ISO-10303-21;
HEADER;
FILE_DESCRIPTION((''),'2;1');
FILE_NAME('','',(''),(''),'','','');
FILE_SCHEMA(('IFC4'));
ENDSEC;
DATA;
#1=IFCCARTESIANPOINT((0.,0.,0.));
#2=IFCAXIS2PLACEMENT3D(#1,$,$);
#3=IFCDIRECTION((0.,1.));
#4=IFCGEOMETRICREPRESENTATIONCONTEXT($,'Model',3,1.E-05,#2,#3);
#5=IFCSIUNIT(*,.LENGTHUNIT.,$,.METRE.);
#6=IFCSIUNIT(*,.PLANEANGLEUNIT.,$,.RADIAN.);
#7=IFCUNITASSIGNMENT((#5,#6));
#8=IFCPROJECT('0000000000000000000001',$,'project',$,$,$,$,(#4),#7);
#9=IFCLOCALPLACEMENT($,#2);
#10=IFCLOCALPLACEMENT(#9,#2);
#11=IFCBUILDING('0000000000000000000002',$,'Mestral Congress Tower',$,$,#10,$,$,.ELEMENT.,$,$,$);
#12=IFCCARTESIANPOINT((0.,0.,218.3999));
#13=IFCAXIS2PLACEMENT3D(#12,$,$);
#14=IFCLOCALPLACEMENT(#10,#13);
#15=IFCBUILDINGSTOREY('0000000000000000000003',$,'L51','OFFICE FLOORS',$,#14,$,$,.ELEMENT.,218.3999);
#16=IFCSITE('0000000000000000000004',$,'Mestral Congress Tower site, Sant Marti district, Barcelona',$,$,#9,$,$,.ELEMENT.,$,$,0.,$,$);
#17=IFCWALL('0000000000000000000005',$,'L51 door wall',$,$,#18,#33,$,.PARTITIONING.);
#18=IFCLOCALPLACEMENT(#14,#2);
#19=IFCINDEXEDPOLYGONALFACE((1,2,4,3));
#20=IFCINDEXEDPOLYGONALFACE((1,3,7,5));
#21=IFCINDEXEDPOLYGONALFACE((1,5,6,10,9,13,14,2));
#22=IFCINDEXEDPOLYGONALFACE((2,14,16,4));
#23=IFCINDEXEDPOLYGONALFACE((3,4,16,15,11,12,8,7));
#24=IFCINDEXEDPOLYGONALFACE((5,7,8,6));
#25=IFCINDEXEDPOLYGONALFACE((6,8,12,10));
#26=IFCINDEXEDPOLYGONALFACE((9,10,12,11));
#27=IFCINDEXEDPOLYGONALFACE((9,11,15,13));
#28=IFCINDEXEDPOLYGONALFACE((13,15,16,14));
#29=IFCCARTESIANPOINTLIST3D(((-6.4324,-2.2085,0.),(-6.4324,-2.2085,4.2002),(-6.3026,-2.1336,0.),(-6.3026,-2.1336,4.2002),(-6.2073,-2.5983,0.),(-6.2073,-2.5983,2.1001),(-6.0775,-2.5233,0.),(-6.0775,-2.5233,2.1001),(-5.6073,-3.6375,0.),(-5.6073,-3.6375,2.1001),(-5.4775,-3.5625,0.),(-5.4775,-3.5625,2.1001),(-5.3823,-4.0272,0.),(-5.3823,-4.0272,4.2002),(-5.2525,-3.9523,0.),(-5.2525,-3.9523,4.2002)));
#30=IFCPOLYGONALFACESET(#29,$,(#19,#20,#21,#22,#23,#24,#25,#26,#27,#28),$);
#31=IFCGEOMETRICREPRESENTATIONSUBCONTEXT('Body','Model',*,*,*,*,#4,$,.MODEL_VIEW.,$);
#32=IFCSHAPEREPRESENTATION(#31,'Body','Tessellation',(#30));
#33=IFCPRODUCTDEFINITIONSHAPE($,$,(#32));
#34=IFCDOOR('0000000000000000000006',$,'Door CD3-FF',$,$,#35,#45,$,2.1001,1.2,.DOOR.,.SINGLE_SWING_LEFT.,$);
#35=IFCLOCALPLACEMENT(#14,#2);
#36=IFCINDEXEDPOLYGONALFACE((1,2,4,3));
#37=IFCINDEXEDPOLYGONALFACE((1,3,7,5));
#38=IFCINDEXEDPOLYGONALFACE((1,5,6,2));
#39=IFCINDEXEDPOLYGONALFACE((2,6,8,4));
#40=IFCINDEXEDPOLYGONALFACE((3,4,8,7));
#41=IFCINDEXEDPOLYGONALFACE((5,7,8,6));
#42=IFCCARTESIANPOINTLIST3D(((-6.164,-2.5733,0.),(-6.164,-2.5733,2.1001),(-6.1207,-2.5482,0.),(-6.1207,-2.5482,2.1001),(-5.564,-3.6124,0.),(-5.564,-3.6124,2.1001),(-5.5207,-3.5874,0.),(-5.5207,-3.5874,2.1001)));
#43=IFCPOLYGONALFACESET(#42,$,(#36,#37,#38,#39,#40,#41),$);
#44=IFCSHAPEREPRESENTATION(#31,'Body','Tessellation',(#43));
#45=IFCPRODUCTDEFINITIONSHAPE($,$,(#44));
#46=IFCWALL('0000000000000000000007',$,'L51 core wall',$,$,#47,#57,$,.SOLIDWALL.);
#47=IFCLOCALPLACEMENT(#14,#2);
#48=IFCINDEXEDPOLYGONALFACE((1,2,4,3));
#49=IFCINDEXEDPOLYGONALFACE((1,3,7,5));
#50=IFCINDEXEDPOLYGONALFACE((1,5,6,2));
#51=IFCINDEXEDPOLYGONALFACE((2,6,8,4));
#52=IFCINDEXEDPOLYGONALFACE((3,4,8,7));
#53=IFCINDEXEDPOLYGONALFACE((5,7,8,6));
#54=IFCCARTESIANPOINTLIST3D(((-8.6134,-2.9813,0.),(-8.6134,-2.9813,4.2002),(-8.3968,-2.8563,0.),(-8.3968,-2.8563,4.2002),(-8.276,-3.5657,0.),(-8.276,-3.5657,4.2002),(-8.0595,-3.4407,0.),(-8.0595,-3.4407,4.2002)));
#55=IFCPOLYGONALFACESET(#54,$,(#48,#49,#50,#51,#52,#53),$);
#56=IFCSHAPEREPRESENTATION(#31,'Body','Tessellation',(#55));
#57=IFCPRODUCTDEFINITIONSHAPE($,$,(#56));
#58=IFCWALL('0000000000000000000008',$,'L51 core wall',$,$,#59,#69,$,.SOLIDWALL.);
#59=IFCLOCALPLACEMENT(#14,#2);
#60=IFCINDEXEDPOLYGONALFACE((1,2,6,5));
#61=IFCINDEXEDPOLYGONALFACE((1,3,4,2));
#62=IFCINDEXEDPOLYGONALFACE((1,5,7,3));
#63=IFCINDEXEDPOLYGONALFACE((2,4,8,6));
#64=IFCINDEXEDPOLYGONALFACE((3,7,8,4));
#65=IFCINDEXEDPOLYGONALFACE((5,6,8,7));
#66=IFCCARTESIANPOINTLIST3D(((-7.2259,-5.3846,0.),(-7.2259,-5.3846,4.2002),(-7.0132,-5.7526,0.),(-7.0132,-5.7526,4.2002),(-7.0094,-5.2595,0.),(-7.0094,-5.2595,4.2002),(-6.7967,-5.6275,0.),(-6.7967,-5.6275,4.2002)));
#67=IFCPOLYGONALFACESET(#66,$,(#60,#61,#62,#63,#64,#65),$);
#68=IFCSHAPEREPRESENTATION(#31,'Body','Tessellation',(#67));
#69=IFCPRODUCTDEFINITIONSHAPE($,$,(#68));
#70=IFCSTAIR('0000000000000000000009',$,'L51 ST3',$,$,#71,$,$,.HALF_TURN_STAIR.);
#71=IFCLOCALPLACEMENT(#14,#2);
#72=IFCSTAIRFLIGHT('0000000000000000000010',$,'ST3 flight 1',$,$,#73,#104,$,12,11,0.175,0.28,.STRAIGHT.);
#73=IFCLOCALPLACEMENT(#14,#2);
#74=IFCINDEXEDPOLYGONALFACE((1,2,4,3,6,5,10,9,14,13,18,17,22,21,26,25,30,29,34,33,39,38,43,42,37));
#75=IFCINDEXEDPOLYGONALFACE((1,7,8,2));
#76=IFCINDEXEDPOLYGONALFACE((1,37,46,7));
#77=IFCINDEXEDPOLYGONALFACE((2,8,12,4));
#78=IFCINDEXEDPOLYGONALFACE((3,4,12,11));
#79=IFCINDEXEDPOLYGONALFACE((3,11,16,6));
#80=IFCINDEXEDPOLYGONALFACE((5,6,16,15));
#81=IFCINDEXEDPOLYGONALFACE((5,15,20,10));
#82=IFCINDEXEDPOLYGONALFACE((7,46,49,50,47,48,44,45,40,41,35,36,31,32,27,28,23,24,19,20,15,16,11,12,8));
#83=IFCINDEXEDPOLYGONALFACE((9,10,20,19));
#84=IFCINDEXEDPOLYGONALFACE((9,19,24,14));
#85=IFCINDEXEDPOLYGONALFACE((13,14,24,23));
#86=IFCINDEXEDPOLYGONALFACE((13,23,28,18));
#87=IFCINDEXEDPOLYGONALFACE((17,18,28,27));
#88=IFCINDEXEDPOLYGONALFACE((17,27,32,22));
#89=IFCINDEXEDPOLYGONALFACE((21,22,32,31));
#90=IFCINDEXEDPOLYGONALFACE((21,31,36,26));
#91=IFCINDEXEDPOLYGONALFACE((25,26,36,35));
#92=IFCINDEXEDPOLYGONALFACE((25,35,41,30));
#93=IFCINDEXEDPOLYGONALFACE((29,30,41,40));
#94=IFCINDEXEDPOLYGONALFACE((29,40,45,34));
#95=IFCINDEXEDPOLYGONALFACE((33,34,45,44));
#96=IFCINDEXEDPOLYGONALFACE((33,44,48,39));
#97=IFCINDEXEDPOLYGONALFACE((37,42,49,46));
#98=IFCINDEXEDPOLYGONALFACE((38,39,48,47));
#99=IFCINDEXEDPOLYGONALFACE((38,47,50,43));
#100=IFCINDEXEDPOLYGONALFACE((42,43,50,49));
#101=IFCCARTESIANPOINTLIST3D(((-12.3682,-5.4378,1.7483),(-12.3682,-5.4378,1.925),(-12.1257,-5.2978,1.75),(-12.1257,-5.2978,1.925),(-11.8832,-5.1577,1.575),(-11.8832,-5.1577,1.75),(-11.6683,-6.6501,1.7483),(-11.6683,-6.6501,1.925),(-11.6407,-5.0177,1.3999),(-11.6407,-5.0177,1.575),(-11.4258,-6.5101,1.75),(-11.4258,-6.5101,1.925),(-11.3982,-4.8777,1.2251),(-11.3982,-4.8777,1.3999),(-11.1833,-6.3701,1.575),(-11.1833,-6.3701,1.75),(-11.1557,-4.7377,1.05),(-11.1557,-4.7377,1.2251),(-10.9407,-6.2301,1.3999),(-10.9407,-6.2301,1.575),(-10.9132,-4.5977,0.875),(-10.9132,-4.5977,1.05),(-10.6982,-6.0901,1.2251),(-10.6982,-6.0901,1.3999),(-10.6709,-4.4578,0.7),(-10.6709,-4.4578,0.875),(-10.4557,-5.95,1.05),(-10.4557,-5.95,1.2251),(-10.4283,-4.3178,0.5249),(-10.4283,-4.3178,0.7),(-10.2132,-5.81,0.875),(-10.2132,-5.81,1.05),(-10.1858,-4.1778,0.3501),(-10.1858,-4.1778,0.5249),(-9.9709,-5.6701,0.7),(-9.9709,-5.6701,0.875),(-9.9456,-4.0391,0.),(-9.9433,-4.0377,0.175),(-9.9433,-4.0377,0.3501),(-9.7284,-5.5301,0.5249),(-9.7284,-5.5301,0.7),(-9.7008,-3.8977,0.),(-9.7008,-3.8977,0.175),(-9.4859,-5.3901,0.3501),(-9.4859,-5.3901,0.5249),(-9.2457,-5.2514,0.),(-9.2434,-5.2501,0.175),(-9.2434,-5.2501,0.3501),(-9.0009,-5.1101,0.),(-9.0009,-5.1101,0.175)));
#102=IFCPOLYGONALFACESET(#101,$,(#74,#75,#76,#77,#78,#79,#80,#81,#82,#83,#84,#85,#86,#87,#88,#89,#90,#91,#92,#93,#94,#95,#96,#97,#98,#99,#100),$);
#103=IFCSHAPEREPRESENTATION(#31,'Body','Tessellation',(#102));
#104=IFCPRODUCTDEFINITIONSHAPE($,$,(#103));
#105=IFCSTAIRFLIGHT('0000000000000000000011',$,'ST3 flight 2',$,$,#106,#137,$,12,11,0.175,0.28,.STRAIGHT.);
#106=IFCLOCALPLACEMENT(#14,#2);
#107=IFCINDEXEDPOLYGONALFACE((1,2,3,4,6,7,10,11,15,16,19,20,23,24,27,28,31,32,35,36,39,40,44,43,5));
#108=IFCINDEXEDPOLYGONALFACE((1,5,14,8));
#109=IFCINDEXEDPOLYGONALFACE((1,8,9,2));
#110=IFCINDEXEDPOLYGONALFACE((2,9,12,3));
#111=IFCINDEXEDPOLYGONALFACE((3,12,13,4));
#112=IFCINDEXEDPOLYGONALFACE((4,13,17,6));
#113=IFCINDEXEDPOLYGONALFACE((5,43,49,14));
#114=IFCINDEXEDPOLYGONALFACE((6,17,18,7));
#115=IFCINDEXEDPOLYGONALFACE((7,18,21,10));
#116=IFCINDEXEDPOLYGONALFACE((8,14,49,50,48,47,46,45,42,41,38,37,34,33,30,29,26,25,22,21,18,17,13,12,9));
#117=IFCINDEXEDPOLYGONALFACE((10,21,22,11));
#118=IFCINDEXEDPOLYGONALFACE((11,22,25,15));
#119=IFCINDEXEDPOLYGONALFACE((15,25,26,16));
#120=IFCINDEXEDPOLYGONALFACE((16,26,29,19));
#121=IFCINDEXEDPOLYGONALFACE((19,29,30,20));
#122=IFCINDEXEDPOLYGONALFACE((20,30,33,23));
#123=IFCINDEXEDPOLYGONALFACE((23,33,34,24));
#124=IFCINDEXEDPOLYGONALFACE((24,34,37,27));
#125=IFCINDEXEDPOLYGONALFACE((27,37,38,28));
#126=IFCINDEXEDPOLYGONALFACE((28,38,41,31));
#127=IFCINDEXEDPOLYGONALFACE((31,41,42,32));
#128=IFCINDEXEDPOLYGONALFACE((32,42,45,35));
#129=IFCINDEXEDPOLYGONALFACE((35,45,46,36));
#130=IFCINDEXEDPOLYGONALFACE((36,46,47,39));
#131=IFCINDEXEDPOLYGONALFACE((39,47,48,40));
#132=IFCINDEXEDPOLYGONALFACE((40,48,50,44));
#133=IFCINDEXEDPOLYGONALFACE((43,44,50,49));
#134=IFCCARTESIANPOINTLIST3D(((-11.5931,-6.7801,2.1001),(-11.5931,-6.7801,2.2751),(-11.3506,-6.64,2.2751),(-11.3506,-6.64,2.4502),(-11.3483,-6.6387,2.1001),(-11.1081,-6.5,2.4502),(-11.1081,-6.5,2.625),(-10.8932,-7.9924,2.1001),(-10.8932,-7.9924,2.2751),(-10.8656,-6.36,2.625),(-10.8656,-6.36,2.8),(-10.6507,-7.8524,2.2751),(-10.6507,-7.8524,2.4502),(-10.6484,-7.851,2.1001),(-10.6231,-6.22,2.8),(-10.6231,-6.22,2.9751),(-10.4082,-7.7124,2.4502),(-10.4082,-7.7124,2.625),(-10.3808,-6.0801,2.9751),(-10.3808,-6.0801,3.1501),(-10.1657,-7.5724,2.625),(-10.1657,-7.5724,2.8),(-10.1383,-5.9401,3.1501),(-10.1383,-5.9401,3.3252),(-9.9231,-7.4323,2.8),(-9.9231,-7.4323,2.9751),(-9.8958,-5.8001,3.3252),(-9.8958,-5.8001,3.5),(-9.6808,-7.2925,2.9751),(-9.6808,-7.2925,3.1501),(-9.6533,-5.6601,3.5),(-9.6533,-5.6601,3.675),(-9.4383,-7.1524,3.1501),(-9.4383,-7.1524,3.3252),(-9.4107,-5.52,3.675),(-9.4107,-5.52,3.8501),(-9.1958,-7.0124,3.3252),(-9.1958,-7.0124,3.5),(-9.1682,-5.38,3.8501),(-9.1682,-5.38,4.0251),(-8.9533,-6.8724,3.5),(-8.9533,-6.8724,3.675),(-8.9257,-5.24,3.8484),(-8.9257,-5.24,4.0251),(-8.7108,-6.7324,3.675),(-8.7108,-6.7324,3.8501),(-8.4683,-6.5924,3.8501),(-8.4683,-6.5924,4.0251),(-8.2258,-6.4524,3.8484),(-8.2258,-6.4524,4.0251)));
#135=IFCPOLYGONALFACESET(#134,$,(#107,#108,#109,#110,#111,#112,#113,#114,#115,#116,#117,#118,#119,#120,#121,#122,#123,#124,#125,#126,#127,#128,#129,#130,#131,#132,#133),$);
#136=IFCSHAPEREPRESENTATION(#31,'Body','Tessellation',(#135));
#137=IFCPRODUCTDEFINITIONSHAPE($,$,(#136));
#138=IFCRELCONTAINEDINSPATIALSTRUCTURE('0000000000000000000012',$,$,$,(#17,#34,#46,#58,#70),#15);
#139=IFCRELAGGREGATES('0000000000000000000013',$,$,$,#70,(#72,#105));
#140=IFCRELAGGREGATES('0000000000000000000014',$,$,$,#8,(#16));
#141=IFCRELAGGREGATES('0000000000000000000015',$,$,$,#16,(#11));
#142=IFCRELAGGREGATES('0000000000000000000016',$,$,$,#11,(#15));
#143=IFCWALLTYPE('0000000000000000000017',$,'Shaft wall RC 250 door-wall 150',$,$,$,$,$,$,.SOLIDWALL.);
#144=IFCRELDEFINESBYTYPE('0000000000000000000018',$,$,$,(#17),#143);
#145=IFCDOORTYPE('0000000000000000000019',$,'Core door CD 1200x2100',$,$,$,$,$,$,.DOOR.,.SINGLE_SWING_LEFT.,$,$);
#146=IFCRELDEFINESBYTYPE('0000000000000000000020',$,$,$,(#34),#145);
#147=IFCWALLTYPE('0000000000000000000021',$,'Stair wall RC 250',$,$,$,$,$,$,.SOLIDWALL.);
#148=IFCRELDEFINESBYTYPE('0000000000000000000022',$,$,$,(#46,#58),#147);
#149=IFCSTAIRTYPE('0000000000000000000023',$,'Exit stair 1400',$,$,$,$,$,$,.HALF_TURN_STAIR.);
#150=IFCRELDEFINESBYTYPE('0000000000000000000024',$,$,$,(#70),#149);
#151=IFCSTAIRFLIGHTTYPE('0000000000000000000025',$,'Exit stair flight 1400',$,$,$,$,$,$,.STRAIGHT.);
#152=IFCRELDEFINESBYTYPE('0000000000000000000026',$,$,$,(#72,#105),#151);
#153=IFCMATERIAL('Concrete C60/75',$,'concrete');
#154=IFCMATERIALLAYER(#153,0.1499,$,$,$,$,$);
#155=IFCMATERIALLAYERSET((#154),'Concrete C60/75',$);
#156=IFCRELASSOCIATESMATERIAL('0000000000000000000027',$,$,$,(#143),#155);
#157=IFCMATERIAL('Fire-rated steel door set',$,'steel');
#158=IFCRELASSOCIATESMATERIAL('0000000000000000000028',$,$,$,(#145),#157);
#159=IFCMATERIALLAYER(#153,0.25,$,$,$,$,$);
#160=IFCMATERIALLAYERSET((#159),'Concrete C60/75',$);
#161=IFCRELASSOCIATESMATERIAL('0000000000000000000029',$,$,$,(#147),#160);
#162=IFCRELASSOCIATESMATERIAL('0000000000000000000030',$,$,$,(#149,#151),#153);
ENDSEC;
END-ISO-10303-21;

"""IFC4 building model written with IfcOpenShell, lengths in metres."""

from ifc_helpers import new_model, si_unit, direction, frame, frame_2d, origin, place, context, subcontext, project, spatial, polyline, rectangle, outline, extrude, material, layer, layer_set, type_object, element, fill, aggregate, save


model = new_model("IFC4")

# Units and contexts
model_context = context("Model", 3, precision=1e-05, world=origin(), true_north=direction((0.0, 1.0)))
body_context = subcontext(model_context, "Body", "Model", "MODEL_VIEW")
ifc_project = project(units=[si_unit("LENGTHUNIT", "METRE"), si_unit("PLANEANGLEUNIT", "RADIAN")], contexts=[model_context])

# Site, building, storey
site_placement = place(None, origin())
site = spatial("IfcSite", under=ifc_project, at=site_placement, Name="Mestral Congress Tower site, Sant Marti district, Barcelona", CompositionType="ELEMENT", RefElevation=0.0)
building_placement = place(site_placement, origin())
building = spatial("IfcBuilding", under=site, at=building_placement, Name="Mestral Congress Tower", CompositionType="ELEMENT")
storey_placement = place(building_placement, frame((0.0, 0.0, 218.3999)))
storey = spatial("IfcBuildingStorey", under=building, at=storey_placement, Name="L51", Description="OFFICE FLOORS", CompositionType="ELEMENT", Elevation=218.3999)

# Shared definitions
ifc_material_1 = material(Name="Concrete C60/75", Category="concrete")

# Shared definitions
ifc_material_2 = material(Name="Fire-rated steel door set", Category="steel")

# Shared definitions
ifc_layer_1 = layer(ifc_material_1, 0.1499)
ifc_layer_set_1 = layer_set([ifc_layer_1], Name="Concrete C60/75")
wall_type_1 = type_object("IfcWallType", Name="Shaft wall RC 250 door-wall 150", PredefinedType="SOLIDWALL", material=ifc_layer_set_1)

# Wall, opening, door
wall_1_placement = place(storey_placement, frame((-5.3174, -3.9897, 0.0), z_axis=(0.0, 0.0, 1.0), x_axis=(-0.500028, 0.866009, 0.0)))
wall_1 = element("IfcWall", 1, at=wall_1_placement, inside=storey, type_object=wall_type_1, Name="L51 door wall", PredefinedType="PARTITIONING", context=body_context, shape_type="SweptSolid", body=[
    extrude(rectangle(XDim=2.1001, YDim=0.1499, at=frame_2d((1.05, 0.0))), origin(), (0.0, 0.0, 1.0), 4.2002),
])
opening_1_placement = place(wall_1_placement, frame((0.45, 0.0, 0.0)))
opening_1 = element("IfcOpeningElement", 2, at=opening_1_placement, cuts=wall_1, PredefinedType="OPENING", context=body_context, shape_type="SweptSolid", body=[
    extrude(rectangle(XDim=1.2, YDim=2.1001, at=frame_2d((0.6001, 1.05))), frame((0.0, 0.085, 0.0), z_axis=(0.0, -1.0, 0.0), x_axis=(1.0, 0.0, 0.0)), (0.0, 0.0, 1.0), 0.1699),
])
door_type_1 = type_object("IfcDoorType", Name="Core door CD 1200x2100", OperationType="SINGLE_SWING_LEFT", PredefinedType="DOOR", material=ifc_material_2)
door_1_placement = place(opening_1_placement, origin())
door_1 = element("IfcDoor", 3, at=door_1_placement, inside=storey, type_object=door_type_1, Name="Door CD3-FF", OperationType="SINGLE_SWING_LEFT", OverallHeight=2.1001, OverallWidth=1.2, PredefinedType="DOOR", context=body_context, shape_type="SweptSolid", body=[
    extrude(rectangle(XDim=1.2, YDim=2.1001, at=frame_2d((0.6001, 1.05))), frame((0.0, 0.0249, 0.0), z_axis=(0.0, -1.0, 0.0), x_axis=(1.0, 0.0, 0.0)), (0.0, 0.0, 1.0), 0.05),
])
fill(opening_1, door_1)

# Walls
ifc_layer_2 = layer(ifc_material_1, 0.25)
ifc_layer_set_2 = layer_set([ifc_layer_2], Name="Concrete C60/75")
wall_type_2 = type_object("IfcWallType", Name="Stair wall RC 250", PredefinedType="SOLIDWALL", material=ifc_layer_set_2)
wall_2_placement = place(storey_placement, frame((-8.1677, -3.5032, 0.0), z_axis=(0.0, 0.0, 1.0), x_axis=(-0.499952, 0.866053, 0.0)))
element("IfcWall", 4, at=wall_2_placement, inside=storey, type_object=wall_type_2, Name="L51 core wall", PredefinedType="SOLIDWALL", context=body_context, shape_type="SweptSolid", body=[
    extrude(rectangle(XDim=0.6748, YDim=0.25, at=frame_2d((0.3374, 0.0))), origin(), (0.0, 0.0, 1.0), 4.2002),
])
wall_3_placement = place(storey_placement, frame((-6.905, -5.6899, 0.0), z_axis=(0.0, 0.0, 1.0), x_axis=(-0.500402, 0.865793, 0.0)))
element("IfcWall", 5, at=wall_3_placement, inside=storey, type_object=wall_type_2, Name="L51 core wall", PredefinedType="SOLIDWALL", context=body_context, shape_type="SweptSolid", body=[
    extrude(rectangle(XDim=0.425, YDim=0.25, at=frame_2d((0.2124, 0.0))), origin(), (0.0, 0.0, 1.0), 4.2002),
])

# Stair, stair flights
stair_type = type_object("IfcStairType", Name="Exit stair 1400", PredefinedType="HALF_TURN_STAIR", material=ifc_material_1)
stair_placement = place(storey_placement, origin())
stair = element("IfcStair", 6, at=stair_placement, inside=storey, type_object=stair_type, Name="L51 ST3", PredefinedType="HALF_TURN_STAIR")
stair_flight_type = type_object("IfcStairFlightType", Name="Exit stair flight 1400", PredefinedType="STRAIGHT", material=ifc_material_1)
stair_flight_1_placement = place(storey_placement, frame((-9.3508, -4.5039, 0.0), z_axis=(0.0, 0.0, 1.0), x_axis=(-0.866025, -0.5, 0.0)))
stair_flight_1 = element("IfcStairFlight", 7, at=stair_flight_1_placement, type_object=stair_flight_type, Name="ST3 flight 1", NumberOfRisers=12, NumberOfTreads=11, PredefinedType="STRAIGHT", RiserHeight=0.175, TreadLength=0.28, context=body_context, shape_type="SweptSolid", body=[
    extrude(outline(polyline([(0.0, 0.0), (0.0, 0.175), (0.28, 0.175), (0.28, 0.3501), (0.5601, 0.3501), (0.5601, 0.5249), (0.8401, 0.5249), (0.8401, 0.7), (1.1201, 0.7), (1.1201, 0.875), (1.3999, 0.875), (1.3999, 1.05), (1.6799, 1.05), (1.6799, 1.2251), (1.96, 1.2251), (1.96, 1.3999), (2.24, 1.3999), (2.24, 1.575), (2.52, 1.575), (2.52, 1.75), (2.8, 1.75), (2.8, 1.925), (3.0801, 1.925), (3.0801, 2.1001), (3.0801, 1.7483), (0.2827, 0.0), (0.0, 0.0)])), frame((0.0, 0.7, 0.0), z_axis=(0.0, -1.0, 0.0), x_axis=(1.0, 0.0, 0.0)), (0.0, 0.0, 1.0), 1.3999),
])
stair_flight_2_placement = place(storey_placement, frame((-11.2432, -7.3862, 2.1001), z_axis=(0.0, 0.0, 1.0), x_axis=(0.866025, 0.5, 0.0)))
stair_flight_2 = element("IfcStairFlight", 8, at=stair_flight_2_placement, type_object=stair_flight_type, Name="ST3 flight 2", NumberOfRisers=12, NumberOfTreads=11, PredefinedType="STRAIGHT", RiserHeight=0.175, TreadLength=0.28, context=body_context, shape_type="SweptSolid", body=[
    extrude(outline(polyline([(0.0, 0.0), (0.0, 0.175), (0.28, 0.175), (0.28, 0.3501), (0.5601, 0.3501), (0.5601, 0.5249), (0.8401, 0.5249), (0.8401, 0.7), (1.1201, 0.7), (1.1201, 0.875), (1.3999, 0.875), (1.3999, 1.05), (1.6799, 1.05), (1.6799, 1.2251), (1.96, 1.2251), (1.96, 1.3999), (2.24, 1.3999), (2.24, 1.575), (2.52, 1.575), (2.52, 1.75), (2.8, 1.75), (2.8, 1.925), (3.0801, 1.925), (3.0801, 2.1001), (3.0801, 1.7483), (0.2827, 0.0), (0.0, 0.0)])), frame((0.0, 0.7, 0.0), z_axis=(0.0, -1.0, 0.0), x_axis=(1.0, 0.0, 0.0)), (0.0, 0.0, 1.0), 1.3999),
])
aggregate(stair, [stair_flight_1, stair_flight_2])

save(model, "model.ifc")
